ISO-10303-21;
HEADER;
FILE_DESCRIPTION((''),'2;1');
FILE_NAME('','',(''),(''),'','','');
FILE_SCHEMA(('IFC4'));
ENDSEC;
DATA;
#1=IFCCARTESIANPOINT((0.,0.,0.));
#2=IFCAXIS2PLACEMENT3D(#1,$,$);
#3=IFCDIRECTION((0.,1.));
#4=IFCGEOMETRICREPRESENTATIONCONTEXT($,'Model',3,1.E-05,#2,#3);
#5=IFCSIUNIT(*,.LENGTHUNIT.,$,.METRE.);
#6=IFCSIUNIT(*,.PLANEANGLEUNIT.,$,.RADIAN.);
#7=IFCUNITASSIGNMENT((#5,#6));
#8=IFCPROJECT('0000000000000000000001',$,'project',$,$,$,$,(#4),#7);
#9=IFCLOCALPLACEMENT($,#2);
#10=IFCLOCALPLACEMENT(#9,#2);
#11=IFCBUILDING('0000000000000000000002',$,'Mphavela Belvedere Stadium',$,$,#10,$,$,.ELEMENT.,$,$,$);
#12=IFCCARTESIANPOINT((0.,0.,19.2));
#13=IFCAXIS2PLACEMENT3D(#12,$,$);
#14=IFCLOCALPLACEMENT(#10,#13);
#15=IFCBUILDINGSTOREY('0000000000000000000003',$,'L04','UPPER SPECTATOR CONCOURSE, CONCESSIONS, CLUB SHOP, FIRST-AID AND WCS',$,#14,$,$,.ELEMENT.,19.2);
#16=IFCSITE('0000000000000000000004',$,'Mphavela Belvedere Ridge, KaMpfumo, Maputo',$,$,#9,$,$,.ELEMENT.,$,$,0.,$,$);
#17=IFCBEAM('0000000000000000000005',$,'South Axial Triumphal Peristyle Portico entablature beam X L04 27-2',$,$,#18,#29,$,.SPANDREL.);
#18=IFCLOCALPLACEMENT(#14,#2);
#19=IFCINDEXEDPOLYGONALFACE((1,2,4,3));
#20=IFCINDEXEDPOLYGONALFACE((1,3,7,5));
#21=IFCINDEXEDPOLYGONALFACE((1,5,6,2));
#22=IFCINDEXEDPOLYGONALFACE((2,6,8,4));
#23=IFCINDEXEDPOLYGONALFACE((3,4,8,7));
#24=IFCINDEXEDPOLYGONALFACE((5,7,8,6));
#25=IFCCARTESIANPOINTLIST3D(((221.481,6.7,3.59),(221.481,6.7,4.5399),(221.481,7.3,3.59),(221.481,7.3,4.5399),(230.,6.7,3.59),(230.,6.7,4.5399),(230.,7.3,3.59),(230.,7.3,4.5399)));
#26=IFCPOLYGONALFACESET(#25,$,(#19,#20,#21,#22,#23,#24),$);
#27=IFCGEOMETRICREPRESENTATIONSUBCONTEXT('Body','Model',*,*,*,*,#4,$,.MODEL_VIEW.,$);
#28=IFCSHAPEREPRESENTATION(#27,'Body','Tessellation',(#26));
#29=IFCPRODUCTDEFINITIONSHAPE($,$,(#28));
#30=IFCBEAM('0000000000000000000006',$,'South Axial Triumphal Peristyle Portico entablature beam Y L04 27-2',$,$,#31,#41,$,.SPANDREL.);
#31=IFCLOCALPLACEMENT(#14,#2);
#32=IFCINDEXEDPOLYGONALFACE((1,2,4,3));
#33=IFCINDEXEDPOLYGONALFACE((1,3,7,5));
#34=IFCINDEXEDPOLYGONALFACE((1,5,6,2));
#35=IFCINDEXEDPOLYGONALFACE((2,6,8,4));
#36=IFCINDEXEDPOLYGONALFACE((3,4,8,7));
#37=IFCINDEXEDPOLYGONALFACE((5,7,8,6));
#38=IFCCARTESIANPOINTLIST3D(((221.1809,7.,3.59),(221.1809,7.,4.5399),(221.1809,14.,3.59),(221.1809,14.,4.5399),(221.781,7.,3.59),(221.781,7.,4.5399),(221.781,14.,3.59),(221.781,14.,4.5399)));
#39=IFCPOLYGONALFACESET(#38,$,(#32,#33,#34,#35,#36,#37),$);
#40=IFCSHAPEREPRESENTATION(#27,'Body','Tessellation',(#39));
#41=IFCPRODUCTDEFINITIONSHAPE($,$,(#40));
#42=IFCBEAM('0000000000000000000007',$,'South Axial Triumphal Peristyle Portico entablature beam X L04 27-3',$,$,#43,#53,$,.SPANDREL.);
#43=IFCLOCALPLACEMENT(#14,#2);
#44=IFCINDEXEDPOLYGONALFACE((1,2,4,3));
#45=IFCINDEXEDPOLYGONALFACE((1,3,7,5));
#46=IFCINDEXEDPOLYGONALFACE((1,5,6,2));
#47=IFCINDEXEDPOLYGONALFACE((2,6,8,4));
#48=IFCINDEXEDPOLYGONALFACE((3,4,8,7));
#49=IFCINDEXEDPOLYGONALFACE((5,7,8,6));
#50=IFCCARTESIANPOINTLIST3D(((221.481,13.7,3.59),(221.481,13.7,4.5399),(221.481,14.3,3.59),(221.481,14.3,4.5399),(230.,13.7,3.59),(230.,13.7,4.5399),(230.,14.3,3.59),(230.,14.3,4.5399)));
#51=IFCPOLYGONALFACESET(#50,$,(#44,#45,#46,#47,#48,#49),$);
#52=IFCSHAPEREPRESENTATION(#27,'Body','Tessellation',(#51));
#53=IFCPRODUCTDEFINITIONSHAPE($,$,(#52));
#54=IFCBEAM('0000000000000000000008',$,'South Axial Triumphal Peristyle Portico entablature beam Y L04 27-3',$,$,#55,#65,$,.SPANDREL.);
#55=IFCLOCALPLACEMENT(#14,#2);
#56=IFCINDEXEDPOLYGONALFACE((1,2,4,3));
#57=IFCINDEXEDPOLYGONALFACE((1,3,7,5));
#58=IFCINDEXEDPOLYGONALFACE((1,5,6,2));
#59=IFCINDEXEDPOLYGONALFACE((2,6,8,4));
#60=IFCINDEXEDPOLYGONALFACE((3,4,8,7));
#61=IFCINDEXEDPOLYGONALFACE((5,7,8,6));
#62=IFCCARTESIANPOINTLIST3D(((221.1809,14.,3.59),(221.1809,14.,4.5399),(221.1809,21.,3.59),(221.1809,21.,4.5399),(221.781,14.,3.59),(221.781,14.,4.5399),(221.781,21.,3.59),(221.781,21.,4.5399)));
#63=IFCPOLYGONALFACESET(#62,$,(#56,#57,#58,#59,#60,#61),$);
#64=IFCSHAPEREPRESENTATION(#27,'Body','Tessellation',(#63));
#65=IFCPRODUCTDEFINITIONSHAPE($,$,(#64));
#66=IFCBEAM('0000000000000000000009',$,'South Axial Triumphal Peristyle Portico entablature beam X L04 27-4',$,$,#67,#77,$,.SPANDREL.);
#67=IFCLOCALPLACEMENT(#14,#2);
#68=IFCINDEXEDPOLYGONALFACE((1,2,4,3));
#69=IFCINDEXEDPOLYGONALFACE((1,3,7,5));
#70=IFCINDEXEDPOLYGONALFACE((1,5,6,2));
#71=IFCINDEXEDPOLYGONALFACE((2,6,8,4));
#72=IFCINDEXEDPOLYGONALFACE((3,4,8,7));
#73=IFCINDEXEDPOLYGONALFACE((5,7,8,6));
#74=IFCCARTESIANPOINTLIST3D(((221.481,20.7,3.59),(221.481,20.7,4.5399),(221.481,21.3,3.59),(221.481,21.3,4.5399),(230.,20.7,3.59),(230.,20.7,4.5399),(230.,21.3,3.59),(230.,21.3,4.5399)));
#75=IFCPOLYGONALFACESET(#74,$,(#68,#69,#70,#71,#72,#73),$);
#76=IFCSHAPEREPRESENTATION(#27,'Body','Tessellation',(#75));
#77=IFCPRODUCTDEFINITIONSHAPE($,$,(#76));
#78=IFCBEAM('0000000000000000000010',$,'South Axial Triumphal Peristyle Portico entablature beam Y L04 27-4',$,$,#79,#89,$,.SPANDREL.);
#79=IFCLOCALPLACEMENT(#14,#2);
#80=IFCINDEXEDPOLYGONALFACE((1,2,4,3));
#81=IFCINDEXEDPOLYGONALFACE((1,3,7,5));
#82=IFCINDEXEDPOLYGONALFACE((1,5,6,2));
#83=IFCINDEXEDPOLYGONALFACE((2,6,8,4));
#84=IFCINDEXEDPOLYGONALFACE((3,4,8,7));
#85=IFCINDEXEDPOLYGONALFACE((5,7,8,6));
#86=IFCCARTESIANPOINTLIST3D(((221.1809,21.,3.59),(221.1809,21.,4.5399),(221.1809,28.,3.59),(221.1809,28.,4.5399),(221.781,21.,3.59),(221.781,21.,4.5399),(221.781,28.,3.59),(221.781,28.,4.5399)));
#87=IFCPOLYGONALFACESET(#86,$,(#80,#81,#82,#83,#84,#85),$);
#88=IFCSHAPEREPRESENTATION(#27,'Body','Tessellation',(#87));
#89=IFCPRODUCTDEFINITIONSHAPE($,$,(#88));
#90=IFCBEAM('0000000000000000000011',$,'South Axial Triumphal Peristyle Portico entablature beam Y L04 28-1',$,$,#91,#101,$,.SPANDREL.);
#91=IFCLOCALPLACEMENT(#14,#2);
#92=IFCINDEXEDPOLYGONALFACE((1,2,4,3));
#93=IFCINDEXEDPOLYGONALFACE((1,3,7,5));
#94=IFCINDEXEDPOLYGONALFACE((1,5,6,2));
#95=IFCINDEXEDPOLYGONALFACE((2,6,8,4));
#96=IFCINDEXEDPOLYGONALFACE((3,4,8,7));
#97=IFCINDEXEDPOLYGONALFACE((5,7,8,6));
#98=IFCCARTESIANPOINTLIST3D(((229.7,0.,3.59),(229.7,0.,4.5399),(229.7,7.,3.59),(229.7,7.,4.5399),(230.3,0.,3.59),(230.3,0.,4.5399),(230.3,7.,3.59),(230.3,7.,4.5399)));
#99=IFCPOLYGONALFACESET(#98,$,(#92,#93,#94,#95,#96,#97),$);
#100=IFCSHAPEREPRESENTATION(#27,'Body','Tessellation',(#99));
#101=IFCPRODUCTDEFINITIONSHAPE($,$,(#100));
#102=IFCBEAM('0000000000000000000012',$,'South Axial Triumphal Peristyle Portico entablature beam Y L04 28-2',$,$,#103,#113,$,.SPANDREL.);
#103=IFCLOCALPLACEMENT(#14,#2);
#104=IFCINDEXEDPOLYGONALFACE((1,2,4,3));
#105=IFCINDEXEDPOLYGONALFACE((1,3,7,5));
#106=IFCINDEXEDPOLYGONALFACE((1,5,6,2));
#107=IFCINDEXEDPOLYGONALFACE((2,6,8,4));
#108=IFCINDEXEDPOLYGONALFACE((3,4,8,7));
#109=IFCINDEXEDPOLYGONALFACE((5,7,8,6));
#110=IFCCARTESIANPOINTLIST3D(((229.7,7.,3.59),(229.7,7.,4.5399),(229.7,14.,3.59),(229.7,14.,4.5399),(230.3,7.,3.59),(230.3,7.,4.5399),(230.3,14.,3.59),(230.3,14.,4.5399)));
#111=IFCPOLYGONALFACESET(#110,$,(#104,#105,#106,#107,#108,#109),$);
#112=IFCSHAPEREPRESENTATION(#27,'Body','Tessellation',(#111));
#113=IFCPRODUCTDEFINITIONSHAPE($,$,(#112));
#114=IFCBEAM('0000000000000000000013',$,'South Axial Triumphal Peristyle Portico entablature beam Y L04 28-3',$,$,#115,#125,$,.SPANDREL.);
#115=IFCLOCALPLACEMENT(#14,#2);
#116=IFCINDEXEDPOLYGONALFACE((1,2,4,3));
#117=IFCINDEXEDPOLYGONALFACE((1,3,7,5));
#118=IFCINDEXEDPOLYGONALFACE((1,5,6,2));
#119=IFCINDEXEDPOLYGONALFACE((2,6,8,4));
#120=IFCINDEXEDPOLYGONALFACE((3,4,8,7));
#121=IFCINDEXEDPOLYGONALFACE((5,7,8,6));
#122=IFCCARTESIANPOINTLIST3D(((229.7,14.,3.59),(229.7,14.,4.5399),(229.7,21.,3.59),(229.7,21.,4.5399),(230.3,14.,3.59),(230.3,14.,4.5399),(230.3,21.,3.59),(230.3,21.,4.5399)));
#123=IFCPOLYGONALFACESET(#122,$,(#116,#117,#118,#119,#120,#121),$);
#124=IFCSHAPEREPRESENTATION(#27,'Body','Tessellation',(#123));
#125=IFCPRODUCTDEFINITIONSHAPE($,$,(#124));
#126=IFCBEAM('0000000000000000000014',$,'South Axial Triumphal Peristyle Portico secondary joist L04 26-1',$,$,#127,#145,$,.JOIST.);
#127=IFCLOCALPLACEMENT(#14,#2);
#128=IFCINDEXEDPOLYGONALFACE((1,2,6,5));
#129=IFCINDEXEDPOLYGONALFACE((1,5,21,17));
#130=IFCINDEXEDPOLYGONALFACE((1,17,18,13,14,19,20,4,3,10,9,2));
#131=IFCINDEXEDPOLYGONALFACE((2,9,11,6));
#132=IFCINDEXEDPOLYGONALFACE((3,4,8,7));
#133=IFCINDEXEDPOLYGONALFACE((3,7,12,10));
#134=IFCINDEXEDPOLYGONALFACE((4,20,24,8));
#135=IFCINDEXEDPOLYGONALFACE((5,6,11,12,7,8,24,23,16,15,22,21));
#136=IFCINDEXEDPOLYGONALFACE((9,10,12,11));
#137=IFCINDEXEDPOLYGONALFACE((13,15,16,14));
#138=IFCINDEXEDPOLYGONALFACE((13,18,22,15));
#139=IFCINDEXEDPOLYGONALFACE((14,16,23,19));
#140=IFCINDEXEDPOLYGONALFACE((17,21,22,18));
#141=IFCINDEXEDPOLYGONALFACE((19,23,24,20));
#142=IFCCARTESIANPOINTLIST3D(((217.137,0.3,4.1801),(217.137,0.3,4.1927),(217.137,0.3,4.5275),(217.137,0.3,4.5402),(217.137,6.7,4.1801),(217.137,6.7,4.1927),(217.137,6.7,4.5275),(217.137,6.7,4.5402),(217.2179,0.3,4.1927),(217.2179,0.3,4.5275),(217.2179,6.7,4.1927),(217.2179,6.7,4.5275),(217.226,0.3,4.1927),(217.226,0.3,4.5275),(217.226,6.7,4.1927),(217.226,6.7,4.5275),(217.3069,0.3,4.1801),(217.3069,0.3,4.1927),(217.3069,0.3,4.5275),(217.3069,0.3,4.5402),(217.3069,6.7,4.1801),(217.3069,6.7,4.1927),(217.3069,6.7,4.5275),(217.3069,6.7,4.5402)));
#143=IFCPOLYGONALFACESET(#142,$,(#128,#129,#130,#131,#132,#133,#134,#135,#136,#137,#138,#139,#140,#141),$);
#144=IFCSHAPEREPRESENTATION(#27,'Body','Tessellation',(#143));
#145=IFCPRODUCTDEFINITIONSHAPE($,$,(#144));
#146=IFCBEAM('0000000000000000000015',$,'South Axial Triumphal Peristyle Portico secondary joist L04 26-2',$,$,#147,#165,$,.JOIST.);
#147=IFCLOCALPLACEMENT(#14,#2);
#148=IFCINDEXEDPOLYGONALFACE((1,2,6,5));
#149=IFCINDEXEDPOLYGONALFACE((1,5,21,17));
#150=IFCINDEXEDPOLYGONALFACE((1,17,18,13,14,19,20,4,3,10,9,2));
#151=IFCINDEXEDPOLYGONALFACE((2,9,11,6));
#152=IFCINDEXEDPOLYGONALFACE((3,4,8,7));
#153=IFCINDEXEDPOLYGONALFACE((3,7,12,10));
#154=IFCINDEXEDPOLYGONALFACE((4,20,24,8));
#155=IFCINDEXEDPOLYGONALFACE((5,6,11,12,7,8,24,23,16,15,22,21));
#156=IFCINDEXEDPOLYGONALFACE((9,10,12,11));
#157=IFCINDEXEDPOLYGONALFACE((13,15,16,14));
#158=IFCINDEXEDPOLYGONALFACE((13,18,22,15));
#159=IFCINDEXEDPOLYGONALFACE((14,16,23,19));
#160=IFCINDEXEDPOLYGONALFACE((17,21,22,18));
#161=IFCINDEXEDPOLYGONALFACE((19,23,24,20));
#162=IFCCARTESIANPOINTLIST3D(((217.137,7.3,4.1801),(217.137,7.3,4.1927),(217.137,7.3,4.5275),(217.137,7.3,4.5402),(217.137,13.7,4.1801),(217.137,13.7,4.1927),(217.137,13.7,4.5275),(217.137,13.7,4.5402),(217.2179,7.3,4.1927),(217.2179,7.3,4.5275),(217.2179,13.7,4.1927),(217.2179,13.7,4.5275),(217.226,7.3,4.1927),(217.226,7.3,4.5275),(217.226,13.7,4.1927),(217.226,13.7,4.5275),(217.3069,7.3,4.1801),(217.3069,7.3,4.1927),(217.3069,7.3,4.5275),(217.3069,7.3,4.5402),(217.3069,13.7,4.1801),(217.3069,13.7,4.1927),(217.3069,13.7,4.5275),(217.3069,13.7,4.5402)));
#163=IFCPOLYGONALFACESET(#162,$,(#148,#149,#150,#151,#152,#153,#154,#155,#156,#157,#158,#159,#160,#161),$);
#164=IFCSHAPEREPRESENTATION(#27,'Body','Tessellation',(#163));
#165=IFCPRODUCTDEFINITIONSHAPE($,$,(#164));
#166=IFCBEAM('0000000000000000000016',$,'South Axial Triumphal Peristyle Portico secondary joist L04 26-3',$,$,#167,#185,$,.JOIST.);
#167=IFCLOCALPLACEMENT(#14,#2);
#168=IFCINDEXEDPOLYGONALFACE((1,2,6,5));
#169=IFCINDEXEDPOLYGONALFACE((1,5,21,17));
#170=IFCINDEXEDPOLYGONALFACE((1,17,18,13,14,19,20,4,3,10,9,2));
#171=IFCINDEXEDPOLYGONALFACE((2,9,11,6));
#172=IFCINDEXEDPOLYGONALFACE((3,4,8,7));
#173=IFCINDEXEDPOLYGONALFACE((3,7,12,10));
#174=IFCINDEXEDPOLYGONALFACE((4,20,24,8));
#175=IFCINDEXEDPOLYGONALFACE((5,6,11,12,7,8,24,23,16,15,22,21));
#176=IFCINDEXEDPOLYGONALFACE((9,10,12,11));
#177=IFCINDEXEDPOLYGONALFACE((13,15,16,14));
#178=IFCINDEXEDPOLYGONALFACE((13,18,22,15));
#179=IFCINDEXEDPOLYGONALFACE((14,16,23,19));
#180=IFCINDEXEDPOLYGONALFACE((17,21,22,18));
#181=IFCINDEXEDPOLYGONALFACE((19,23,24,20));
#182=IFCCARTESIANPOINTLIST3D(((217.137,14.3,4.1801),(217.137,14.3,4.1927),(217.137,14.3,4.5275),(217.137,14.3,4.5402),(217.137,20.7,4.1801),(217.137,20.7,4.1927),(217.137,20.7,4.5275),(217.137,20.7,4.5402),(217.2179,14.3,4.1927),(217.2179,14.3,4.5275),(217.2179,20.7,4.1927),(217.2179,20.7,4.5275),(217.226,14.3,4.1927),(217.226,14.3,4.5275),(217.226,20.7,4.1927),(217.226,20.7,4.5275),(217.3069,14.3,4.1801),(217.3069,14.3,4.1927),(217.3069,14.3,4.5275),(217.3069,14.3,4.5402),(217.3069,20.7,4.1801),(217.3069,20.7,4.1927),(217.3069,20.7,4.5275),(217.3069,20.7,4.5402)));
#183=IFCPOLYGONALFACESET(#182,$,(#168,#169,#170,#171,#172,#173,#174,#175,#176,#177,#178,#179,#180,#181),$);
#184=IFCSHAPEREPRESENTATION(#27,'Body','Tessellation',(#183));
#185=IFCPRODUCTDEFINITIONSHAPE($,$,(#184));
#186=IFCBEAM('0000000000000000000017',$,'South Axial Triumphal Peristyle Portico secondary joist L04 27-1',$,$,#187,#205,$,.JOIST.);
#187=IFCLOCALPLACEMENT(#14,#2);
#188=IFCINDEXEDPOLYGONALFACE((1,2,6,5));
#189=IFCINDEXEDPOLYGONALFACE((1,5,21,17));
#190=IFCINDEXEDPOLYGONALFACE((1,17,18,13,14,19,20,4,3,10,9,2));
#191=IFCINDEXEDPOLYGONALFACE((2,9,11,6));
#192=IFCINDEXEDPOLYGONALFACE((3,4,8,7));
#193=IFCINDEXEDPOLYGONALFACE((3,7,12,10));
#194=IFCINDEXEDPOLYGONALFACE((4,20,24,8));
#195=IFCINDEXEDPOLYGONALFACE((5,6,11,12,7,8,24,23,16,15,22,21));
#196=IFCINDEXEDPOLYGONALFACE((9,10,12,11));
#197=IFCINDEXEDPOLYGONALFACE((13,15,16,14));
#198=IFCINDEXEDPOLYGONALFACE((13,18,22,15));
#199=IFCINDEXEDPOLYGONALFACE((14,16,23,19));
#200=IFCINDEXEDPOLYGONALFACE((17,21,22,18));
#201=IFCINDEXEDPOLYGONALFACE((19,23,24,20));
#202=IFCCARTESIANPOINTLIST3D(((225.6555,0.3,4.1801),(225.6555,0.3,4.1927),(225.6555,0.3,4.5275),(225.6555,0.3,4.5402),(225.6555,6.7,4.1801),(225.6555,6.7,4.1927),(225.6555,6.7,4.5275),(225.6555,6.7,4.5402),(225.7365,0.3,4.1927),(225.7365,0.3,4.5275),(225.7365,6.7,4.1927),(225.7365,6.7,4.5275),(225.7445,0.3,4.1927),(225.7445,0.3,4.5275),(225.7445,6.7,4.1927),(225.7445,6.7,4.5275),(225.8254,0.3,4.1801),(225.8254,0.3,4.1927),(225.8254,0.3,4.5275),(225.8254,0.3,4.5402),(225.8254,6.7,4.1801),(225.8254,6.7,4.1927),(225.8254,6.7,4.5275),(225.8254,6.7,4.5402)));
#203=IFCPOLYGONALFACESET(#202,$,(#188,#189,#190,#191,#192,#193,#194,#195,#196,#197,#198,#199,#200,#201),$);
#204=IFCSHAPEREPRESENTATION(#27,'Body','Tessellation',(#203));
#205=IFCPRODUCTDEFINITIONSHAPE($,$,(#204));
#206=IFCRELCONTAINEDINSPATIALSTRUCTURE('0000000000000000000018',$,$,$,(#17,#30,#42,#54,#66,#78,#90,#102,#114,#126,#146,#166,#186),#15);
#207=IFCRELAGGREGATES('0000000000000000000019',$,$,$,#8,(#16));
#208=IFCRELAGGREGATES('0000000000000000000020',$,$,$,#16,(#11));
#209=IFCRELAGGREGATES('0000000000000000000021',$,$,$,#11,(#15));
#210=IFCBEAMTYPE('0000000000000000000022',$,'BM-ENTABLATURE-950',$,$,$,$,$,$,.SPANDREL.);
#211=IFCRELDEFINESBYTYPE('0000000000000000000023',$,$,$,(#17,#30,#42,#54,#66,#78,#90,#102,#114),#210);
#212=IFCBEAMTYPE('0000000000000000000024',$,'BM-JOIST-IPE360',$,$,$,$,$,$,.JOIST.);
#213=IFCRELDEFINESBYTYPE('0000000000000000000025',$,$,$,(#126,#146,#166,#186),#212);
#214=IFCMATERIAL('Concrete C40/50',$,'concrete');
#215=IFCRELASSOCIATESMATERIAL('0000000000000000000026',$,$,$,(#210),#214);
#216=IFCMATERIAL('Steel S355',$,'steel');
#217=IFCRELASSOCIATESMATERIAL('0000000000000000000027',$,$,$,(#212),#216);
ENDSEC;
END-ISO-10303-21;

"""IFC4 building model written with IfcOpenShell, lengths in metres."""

from ifc_helpers import new_model, si_unit, direction, frame, origin, origin_2d, place, context, subcontext, project, spatial, rectangle, i_section, extrude, material, material_profile, profile_set, type_object, element, save


model = new_model("IFC4")

# Units and contexts
model_context = context("Model", 3, precision=1e-05, world=origin(), true_north=direction((0.0, 1.0)))
body_context = subcontext(model_context, "Body", "Model", "MODEL_VIEW")
ifc_project = project(units=[si_unit("LENGTHUNIT", "METRE"), si_unit("PLANEANGLEUNIT", "RADIAN")], contexts=[model_context])

# Site, building, storey
site_placement = place(None, origin())
site = spatial("IfcSite", under=ifc_project, at=site_placement, Name="Mphavela Belvedere Ridge, KaMpfumo, Maputo", CompositionType="ELEMENT", RefElevation=0.0)
building_placement = place(site_placement, origin())
building = spatial("IfcBuilding", under=site, at=building_placement, Name="Mphavela Belvedere Stadium", CompositionType="ELEMENT")
storey_placement = place(building_placement, frame((0.0, 0.0, 19.2)))
storey = spatial("IfcBuildingStorey", under=building, at=storey_placement, Name="L04", Description="UPPER SPECTATOR CONCOURSE, CONCESSIONS, CLUB SHOP, FIRST-AID AND WCS", CompositionType="ELEMENT", Elevation=19.2)

# Beams
ifc_material_1 = material(Name="Concrete C40/50", Category="concrete")
ifc_material_profile_1 = material_profile(ifc_material_1, rectangle(XDim=0.6001, YDim=0.95, at=origin_2d()), Name="RC 600x950")
ifc_profile_set_1 = profile_set([ifc_material_profile_1], Name="Concrete C40/50")
beam_type_1 = type_object("IfcBeamType", Name="BM-ENTABLATURE-950", PredefinedType="SPANDREL", material=ifc_profile_set_1)
beam_1_placement = place(storey_placement, frame((221.481, 7.0, 4.0649), z_axis=(1.0, 0.0, 0.0), x_axis=(0.0, 1.0, 0.0)))
element("IfcBeam", 1, at=beam_1_placement, inside=storey, type_object=beam_type_1, Name="South Axial Triumphal Peristyle Portico entablature beam X L04 27-2", PredefinedType="SPANDREL", context=body_context, shape_type="SweptSolid", body=[
    extrude(rectangle(XDim=0.6001, YDim=0.95, at=origin_2d()), origin(), (0.0, 0.0, 1.0), 8.519),
])
beam_2_placement = place(storey_placement, frame((221.481, 7.0, 4.0649), z_axis=(0.0, 1.0, 0.0), x_axis=(-1.0, 0.0, 0.0)))
element("IfcBeam", 2, at=beam_2_placement, inside=storey, type_object=beam_type_1, Name="South Axial Triumphal Peristyle Portico entablature beam Y L04 27-2", PredefinedType="SPANDREL", context=body_context, shape_type="SweptSolid", body=[
    extrude(rectangle(XDim=0.6001, YDim=0.95, at=origin_2d()), origin(), (0.0, 0.0, 1.0), 7.0),
])
beam_3_placement = place(storey_placement, frame((221.481, 14.0, 4.0649), z_axis=(1.0, 0.0, 0.0), x_axis=(0.0, 1.0, 0.0)))
element("IfcBeam", 3, at=beam_3_placement, inside=storey, type_object=beam_type_1, Name="South Axial Triumphal Peristyle Portico entablature beam X L04 27-3", PredefinedType="SPANDREL", context=body_context, shape_type="SweptSolid", body=[
    extrude(rectangle(XDim=0.6001, YDim=0.95, at=origin_2d()), origin(), (0.0, 0.0, 1.0), 8.519),
])
beam_4_placement = place(storey_placement, frame((221.481, 14.0, 4.0649), z_axis=(0.0, 1.0, 0.0), x_axis=(-1.0, 0.0, 0.0)))
element("IfcBeam", 4, at=beam_4_placement, inside=storey, type_object=beam_type_1, Name="South Axial Triumphal Peristyle Portico entablature beam Y L04 27-3", PredefinedType="SPANDREL", context=body_context, shape_type="SweptSolid", body=[
    extrude(rectangle(XDim=0.6001, YDim=0.95, at=origin_2d()), origin(), (0.0, 0.0, 1.0), 7.0),
])
beam_5_placement = place(storey_placement, frame((221.481, 21.0, 4.0649), z_axis=(1.0, 0.0, 0.0), x_axis=(0.0, 1.0, 0.0)))
element("IfcBeam", 5, at=beam_5_placement, inside=storey, type_object=beam_type_1, Name="South Axial Triumphal Peristyle Portico entablature beam X L04 27-4", PredefinedType="SPANDREL", context=body_context, shape_type="SweptSolid", body=[
    extrude(rectangle(XDim=0.6001, YDim=0.95, at=origin_2d()), origin(), (0.0, 0.0, 1.0), 8.519),
])
for number, where, z_axis, x_axis, name in (
    (6, (221.481, 21.0, 4.0649), (0.0, 1.0, 0.0), (-1.0, 0.0, 0.0), "South Axial Triumphal Peristyle Portico entablature beam Y L04 27-4"),
    (7, (230.0, 0.0, 4.0649), (0.0, 1.0, 0.0), (-1.0, 0.0, 0.0), "South Axial Triumphal Peristyle Portico entablature beam Y L04 28-1"),
    (8, (230.0, 7.0, 4.0649), (0.0, 1.0, 0.0), (-1.0, 0.0, 0.0), "South Axial Triumphal Peristyle Portico entablature beam Y L04 28-2"),
    (9, (230.0, 14.0, 4.0649), (0.0, 1.0, 0.0), (-1.0, 0.0, 0.0), "South Axial Triumphal Peristyle Portico entablature beam Y L04 28-3"),
):
    element("IfcBeam", number, at=place(storey_placement, frame(where, z_axis=z_axis, x_axis=x_axis)), inside=storey, type_object=beam_type_1, Name=name, PredefinedType="SPANDREL", context=body_context, shape_type="SweptSolid", body=[
        extrude(rectangle(XDim=0.6001, YDim=0.95, at=origin_2d()), origin(), (0.0, 0.0, 1.0), 7.0),
    ])
ifc_material_2 = material(Name="Steel S355", Category="steel")
ifc_material_profile_2 = material_profile(ifc_material_2, i_section(OverallWidth=0.1699, OverallDepth=0.3601, WebThickness=0.0081, FlangeThickness=0.0127, at=origin_2d()), Name="IPE 360")
ifc_profile_set_2 = profile_set([ifc_material_profile_2], Name="Steel S355")
beam_type_2 = type_object("IfcBeamType", Name="BM-JOIST-IPE360", PredefinedType="JOIST", material=ifc_profile_set_2)
for number, where, z_axis, x_axis, name in (
    (10, (217.2219, 0.3, 4.3601), (0.0, 1.0, 0.0), (-1.0, 0.0, 0.0), "South Axial Triumphal Peristyle Portico secondary joist L04 26-1"),
    (11, (217.2219, 7.3, 4.3601), (0.0, 1.0, 0.0), (-1.0, 0.0, 0.0), "South Axial Triumphal Peristyle Portico secondary joist L04 26-2"),
    (12, (217.2219, 14.3, 4.3601), (0.0, 1.0, 0.0), (-1.0, 0.0, 0.0), "South Axial Triumphal Peristyle Portico secondary joist L04 26-3"),
    (13, (225.7405, 0.3, 4.3601), (0.0, 1.0, 0.0), (-1.0, 0.0, 0.0), "South Axial Triumphal Peristyle Portico secondary joist L04 27-1"),
):
    element("IfcBeam", number, at=place(storey_placement, frame(where, z_axis=z_axis, x_axis=x_axis)), inside=storey, type_object=beam_type_2, Name=name, PredefinedType="JOIST", context=body_context, shape_type="SweptSolid", body=[
        extrude(i_section(OverallWidth=0.1699, OverallDepth=0.3601, WebThickness=0.0081, FlangeThickness=0.0127, at=origin_2d()), origin(), (0.0, 0.0, 1.0), 6.3999),
    ])

save(model, "model.ifc")
